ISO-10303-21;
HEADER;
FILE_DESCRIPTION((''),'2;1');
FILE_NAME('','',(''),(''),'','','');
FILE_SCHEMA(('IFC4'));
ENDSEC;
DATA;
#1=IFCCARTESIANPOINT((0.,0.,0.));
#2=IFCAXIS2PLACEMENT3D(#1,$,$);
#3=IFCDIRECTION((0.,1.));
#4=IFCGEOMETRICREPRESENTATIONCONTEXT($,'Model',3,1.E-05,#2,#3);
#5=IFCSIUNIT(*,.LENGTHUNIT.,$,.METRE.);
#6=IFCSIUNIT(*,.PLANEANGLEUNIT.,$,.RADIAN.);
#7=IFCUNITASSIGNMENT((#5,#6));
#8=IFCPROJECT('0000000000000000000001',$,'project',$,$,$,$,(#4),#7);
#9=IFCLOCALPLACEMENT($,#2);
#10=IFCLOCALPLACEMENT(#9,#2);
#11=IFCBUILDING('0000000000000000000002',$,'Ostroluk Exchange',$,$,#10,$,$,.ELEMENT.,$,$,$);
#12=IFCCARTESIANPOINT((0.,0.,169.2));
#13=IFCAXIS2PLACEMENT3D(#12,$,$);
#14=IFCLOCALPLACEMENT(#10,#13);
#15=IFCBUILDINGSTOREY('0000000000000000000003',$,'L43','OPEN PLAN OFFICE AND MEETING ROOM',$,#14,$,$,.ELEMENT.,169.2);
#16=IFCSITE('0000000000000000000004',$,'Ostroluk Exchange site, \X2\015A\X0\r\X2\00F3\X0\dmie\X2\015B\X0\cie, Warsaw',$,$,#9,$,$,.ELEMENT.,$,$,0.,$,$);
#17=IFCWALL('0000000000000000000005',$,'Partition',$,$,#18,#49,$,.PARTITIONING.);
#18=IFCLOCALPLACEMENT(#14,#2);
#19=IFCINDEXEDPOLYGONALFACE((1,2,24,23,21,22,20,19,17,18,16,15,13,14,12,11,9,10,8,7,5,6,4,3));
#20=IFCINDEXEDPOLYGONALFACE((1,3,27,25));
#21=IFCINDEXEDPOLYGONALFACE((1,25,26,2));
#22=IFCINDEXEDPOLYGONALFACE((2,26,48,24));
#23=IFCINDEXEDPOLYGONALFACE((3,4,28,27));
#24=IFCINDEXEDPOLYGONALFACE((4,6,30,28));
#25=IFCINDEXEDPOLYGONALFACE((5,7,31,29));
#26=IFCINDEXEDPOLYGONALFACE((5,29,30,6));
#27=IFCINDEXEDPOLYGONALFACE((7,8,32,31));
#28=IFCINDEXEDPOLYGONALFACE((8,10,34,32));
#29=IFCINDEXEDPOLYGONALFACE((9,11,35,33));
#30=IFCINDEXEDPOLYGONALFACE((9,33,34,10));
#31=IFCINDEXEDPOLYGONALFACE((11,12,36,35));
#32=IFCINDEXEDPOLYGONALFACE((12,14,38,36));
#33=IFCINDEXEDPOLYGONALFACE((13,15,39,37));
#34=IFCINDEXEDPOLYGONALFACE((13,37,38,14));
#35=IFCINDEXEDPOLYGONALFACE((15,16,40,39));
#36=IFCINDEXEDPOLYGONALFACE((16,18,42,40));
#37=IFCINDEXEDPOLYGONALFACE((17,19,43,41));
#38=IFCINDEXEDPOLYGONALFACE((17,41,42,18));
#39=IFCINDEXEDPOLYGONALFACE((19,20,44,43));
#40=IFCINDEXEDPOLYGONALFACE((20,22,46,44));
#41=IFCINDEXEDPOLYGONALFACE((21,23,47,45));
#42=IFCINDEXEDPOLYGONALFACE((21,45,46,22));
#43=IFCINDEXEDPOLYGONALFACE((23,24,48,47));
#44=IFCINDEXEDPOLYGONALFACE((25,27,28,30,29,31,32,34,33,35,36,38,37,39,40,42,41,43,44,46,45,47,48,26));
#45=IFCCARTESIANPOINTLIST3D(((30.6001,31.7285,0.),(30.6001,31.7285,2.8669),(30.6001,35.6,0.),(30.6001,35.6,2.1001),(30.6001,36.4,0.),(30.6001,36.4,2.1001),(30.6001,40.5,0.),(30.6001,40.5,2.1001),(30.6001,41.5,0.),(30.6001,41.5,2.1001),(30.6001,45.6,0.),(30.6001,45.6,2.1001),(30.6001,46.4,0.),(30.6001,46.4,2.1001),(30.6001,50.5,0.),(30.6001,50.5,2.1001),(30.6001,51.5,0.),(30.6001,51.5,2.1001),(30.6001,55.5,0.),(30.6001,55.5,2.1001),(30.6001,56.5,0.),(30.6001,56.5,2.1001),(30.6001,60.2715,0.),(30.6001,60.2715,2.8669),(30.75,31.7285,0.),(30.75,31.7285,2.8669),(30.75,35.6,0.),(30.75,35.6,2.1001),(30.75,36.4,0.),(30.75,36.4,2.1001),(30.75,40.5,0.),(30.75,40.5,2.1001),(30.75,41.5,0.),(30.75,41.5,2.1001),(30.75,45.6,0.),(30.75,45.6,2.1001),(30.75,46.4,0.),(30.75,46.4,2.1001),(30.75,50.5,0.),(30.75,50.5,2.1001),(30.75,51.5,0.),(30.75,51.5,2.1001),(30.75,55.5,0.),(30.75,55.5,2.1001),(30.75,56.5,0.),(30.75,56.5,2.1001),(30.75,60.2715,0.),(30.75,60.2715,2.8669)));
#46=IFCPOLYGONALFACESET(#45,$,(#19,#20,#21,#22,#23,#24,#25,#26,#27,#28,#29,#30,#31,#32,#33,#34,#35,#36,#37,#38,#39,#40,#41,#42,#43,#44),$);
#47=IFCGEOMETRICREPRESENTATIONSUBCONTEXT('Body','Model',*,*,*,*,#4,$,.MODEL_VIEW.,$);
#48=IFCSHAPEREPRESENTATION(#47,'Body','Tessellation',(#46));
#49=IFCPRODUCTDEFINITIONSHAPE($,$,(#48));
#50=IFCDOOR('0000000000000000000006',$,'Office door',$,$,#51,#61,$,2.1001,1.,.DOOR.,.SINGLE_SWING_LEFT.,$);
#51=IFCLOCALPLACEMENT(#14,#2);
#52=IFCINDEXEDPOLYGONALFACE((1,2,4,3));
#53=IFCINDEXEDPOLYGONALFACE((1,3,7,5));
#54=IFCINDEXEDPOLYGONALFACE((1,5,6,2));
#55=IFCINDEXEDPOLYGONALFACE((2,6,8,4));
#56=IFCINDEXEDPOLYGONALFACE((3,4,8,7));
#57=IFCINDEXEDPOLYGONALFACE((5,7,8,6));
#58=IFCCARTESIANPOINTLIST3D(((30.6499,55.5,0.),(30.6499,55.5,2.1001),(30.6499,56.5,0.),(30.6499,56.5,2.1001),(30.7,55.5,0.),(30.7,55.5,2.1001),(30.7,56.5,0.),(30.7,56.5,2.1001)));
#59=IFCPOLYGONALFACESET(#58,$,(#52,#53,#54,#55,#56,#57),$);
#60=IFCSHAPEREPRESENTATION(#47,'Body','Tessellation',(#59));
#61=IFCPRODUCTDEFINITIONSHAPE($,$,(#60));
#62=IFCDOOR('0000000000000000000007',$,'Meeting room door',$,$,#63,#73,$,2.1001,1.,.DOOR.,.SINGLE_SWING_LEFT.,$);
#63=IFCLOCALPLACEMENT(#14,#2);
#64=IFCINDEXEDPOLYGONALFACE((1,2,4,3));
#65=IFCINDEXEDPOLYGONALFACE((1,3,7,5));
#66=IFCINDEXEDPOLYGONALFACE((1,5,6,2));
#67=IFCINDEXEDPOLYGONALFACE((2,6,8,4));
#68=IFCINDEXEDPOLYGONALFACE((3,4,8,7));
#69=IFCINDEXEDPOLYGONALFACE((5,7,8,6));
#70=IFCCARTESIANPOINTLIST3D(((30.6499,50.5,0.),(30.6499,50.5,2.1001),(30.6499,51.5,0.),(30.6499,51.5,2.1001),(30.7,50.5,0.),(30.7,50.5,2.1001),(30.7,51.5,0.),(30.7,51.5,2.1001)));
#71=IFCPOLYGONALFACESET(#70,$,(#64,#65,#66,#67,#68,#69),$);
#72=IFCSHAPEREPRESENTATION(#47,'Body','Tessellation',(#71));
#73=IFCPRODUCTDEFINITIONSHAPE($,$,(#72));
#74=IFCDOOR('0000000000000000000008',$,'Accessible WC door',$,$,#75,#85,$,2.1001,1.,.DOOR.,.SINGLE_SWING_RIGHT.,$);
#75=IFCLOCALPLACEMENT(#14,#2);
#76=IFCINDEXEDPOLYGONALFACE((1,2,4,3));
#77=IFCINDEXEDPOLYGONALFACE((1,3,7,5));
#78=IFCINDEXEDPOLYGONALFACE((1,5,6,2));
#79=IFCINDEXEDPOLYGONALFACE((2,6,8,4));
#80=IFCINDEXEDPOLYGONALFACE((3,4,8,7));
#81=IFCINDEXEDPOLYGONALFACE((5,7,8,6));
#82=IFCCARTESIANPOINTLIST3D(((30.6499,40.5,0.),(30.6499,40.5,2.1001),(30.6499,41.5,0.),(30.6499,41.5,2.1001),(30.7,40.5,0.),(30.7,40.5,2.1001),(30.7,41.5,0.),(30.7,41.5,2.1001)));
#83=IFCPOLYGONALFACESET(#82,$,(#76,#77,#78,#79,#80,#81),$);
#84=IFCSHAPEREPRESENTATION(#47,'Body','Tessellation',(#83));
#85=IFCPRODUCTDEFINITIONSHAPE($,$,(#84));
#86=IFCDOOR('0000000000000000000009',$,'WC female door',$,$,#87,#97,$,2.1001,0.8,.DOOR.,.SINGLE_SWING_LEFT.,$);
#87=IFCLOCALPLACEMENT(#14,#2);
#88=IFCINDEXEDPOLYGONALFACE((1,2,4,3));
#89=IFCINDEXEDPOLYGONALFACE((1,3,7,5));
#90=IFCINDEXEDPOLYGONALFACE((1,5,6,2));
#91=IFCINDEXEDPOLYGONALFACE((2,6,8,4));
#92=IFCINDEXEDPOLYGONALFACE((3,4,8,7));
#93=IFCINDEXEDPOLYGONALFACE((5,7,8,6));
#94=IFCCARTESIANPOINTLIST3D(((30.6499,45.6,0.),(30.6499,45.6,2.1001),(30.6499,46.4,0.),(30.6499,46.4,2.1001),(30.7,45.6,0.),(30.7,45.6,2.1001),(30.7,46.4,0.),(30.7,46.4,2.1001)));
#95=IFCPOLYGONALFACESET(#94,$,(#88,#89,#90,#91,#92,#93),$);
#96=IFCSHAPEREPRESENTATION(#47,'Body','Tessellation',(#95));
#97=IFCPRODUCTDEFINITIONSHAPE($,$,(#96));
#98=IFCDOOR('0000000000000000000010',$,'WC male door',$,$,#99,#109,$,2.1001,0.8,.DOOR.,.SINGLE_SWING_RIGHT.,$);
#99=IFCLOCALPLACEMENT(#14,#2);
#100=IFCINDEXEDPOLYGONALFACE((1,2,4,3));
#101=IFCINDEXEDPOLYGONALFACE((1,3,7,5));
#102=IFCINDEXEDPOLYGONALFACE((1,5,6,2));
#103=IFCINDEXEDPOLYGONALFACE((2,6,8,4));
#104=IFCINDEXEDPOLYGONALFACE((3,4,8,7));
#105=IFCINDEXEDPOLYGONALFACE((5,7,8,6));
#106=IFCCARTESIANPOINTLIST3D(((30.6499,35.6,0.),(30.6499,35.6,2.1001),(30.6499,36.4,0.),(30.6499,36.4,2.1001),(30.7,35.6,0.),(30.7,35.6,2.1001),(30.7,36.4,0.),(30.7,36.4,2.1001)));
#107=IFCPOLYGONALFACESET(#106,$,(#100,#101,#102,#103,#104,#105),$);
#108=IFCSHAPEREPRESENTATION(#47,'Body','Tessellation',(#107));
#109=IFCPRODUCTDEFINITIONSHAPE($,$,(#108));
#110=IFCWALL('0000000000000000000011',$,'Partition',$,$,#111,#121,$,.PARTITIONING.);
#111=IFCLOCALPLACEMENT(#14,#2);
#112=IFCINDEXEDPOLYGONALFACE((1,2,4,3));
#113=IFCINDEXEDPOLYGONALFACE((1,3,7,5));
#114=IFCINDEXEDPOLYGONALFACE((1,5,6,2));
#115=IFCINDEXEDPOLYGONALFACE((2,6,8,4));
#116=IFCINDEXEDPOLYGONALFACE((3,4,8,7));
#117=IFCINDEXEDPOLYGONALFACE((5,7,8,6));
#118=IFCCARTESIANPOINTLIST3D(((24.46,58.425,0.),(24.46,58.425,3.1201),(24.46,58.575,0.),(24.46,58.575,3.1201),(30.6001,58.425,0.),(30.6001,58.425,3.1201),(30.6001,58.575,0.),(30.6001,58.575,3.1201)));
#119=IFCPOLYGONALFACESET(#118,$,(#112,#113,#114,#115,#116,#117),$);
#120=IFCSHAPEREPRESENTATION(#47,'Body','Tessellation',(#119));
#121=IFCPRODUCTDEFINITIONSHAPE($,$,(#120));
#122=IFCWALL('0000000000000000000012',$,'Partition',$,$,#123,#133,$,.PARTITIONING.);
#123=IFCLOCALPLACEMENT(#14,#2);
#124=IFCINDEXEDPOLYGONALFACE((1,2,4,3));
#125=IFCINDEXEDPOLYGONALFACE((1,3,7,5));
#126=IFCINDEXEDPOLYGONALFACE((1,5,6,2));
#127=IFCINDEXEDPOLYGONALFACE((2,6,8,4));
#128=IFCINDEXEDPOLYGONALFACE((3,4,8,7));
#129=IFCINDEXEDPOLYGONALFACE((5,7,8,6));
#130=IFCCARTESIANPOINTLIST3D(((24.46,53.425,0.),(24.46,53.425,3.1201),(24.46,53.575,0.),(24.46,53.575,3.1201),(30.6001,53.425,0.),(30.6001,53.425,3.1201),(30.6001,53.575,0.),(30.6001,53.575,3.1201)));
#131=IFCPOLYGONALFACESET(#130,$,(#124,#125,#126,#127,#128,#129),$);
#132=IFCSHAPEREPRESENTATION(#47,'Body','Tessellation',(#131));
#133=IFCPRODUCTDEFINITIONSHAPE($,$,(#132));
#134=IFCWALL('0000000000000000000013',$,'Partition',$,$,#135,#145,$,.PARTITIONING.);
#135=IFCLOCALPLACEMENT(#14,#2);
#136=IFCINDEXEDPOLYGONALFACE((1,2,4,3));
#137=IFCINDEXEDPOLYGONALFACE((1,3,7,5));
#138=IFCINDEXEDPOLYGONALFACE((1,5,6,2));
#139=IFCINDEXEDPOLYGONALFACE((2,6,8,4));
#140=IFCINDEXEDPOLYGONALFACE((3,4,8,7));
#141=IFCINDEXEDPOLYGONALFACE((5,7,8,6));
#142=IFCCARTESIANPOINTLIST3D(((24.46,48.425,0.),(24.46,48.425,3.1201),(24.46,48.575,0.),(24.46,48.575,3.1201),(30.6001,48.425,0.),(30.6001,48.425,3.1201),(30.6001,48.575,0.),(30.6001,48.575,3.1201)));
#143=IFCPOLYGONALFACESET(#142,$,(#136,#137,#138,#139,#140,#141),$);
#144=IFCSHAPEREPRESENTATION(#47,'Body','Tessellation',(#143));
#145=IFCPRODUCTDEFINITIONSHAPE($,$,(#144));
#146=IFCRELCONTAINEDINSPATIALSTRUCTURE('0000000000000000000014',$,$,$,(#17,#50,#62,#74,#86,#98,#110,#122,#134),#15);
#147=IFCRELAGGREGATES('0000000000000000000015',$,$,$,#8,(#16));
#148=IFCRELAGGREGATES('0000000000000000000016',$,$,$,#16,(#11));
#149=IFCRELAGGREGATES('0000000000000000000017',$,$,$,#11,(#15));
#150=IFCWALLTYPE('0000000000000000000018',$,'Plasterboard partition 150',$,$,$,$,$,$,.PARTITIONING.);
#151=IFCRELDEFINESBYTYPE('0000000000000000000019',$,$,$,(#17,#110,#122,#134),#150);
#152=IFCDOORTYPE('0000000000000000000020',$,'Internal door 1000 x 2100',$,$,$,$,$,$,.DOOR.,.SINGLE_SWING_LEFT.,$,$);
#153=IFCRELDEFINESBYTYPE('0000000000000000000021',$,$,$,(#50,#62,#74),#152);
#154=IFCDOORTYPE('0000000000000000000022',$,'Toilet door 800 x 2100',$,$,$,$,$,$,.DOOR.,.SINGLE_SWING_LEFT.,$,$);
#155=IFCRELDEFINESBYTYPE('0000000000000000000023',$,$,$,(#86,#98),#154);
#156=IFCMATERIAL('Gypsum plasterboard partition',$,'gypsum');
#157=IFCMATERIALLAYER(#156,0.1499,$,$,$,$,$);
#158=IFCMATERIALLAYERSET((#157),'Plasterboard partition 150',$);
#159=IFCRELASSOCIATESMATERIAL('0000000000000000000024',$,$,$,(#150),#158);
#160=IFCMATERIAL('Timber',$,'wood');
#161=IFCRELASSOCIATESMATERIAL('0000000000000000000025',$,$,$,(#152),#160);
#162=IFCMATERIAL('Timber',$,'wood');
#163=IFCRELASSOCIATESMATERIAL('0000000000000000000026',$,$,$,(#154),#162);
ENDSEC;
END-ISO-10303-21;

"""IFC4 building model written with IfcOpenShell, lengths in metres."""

from ifc_helpers import new_model, si_unit, direction, frame, frame_2d, origin, place, context, subcontext, project, spatial, rectangle, extrude, material, layer, layer_set, type_object, element, fill, save


model = new_model("IFC4")

# Units and contexts
model_context = context("Model", 3, precision=1e-05, world=origin(), true_north=direction((0.0, 1.0)))
body_context = subcontext(model_context, "Body", "Model", "MODEL_VIEW")
ifc_project = project(units=[si_unit("LENGTHUNIT", "METRE"), si_unit("PLANEANGLEUNIT", "RADIAN")], contexts=[model_context])

# Site, building, storey
site_placement = place(None, origin())
site = spatial("IfcSite", under=ifc_project, at=site_placement, Name="Ostroluk Exchange site, Śródmieście, Warsaw", CompositionType="ELEMENT", RefElevation=0.0)
building_placement = place(site_placement, origin())
building = spatial("IfcBuilding", under=site, at=building_placement, Name="Ostroluk Exchange", CompositionType="ELEMENT")
storey_placement = place(building_placement, frame((0.0, 0.0, 169.2)))
storey = spatial("IfcBuildingStorey", under=building, at=storey_placement, Name="L43", Description="OPEN PLAN OFFICE AND MEETING ROOM", CompositionType="ELEMENT", Elevation=169.2)

# Wall, openings, doors
ifc_material_1 = material(Name="Gypsum plasterboard partition", Category="gypsum")
ifc_layer_1 = layer(ifc_material_1, 0.1499)
ifc_layer_set_1 = layer_set([ifc_layer_1], Name="Plasterboard partition 150")
wall_type = type_object("IfcWallType", Name="Plasterboard partition 150", PredefinedType="PARTITIONING", material=ifc_layer_set_1)
wall_placement = place(storey_placement, frame((30.675, 60.2715, 0.0), z_axis=(0.0, 0.0, 1.0), x_axis=(0.0, -1.0, 0.0)))
wall = element("IfcWall", 1, at=wall_placement, inside=storey, type_object=wall_type, Name="Partition", PredefinedType="PARTITIONING", context=body_context, shape_type="SweptSolid", body=[
    extrude(rectangle(XDim=28.543, YDim=0.1499, at=frame_2d((14.2715, 0.0))), origin(), (0.0, 0.0, 1.0), 2.8669),
])
opening_1_placement = place(wall_placement, frame((3.7715, 0.0, 0.0)))
opening_1 = element("IfcOpeningElement", 2, at=opening_1_placement, cuts=wall, PredefinedType="OPENING", context=body_context, shape_type="SweptSolid", body=[
    extrude(rectangle(XDim=1.0, YDim=2.1001, at=frame_2d((0.5, 1.05))), frame((0.0, 0.085, 0.0), z_axis=(0.0, -1.0, 0.0), x_axis=(1.0, 0.0, 0.0)), (0.0, 0.0, 1.0), 0.1699),
])
opening_2_placement = place(wall_placement, frame((8.7715, 0.0, 0.0)))
opening_2 = element("IfcOpeningElement", 3, at=opening_2_placement, cuts=wall, PredefinedType="OPENING", context=body_context, shape_type="SweptSolid", body=[
    extrude(rectangle(XDim=1.0, YDim=2.1001, at=frame_2d((0.5, 1.05))), frame((0.0, 0.085, 0.0), z_axis=(0.0, -1.0, 0.0), x_axis=(1.0, 0.0, 0.0)), (0.0, 0.0, 1.0), 0.1699),
])
opening_3_placement = place(wall_placement, frame((13.8716, 0.0, 0.0)))
opening_3 = element("IfcOpeningElement", 4, at=opening_3_placement, cuts=wall, PredefinedType="OPENING", context=body_context, shape_type="SweptSolid", body=[
    extrude(rectangle(XDim=0.8, YDim=2.1001, at=frame_2d((0.3999, 1.05))), frame((0.0, 0.085, 0.0), z_axis=(0.0, -1.0, 0.0), x_axis=(1.0, 0.0, 0.0)), (0.0, 0.0, 1.0), 0.1699),
])
opening_4_placement = place(wall_placement, frame((18.7715, 0.0, 0.0)))
opening_4 = element("IfcOpeningElement", 5, at=opening_4_placement, cuts=wall, PredefinedType="OPENING", context=body_context, shape_type="SweptSolid", body=[
    extrude(rectangle(XDim=1.0, YDim=2.1001, at=frame_2d((0.5, 1.05))), frame((0.0, 0.085, 0.0), z_axis=(0.0, -1.0, 0.0), x_axis=(1.0, 0.0, 0.0)), (0.0, 0.0, 1.0), 0.1699),
])
opening_5_placement = place(wall_placement, frame((23.8716, 0.0, 0.0)))
opening_5 = element("IfcOpeningElement", 6, at=opening_5_placement, cuts=wall, PredefinedType="OPENING", context=body_context, shape_type="SweptSolid", body=[
    extrude(rectangle(XDim=0.8, YDim=2.1001, at=frame_2d((0.3999, 1.05))), frame((0.0, 0.085, 0.0), z_axis=(0.0, -1.0, 0.0), x_axis=(1.0, 0.0, 0.0)), (0.0, 0.0, 1.0), 0.1699),
])
ifc_material_2 = material(Name="Timber", Category="wood")
door_type_1 = type_object("IfcDoorType", Name="Internal door 1000 x 2100", OperationType="SINGLE_SWING_LEFT", PredefinedType="DOOR", material=ifc_material_2)
door_1_placement = place(opening_1_placement, origin())
door_1 = element("IfcDoor", 7, at=door_1_placement, inside=storey, type_object=door_type_1, Name="Office door", OperationType="SINGLE_SWING_LEFT", OverallHeight=2.1001, OverallWidth=1.0, PredefinedType="DOOR", context=body_context, shape_type="SweptSolid", body=[
    extrude(rectangle(XDim=1.0, YDim=2.1001, at=frame_2d((0.5, 1.05))), frame((0.0, 0.0249, 0.0), z_axis=(0.0, -1.0, 0.0), x_axis=(1.0, 0.0, 0.0)), (0.0, 0.0, 1.0), 0.05),
])
fill(opening_1, door_1)
door_2_placement = place(opening_2_placement, origin())
door_2 = element("IfcDoor", 8, at=door_2_placement, inside=storey, type_object=door_type_1, Name="Meeting room door", OperationType="SINGLE_SWING_LEFT", OverallHeight=2.1001, OverallWidth=1.0, PredefinedType="DOOR", context=body_context, shape_type="SweptSolid", body=[
    extrude(rectangle(XDim=1.0, YDim=2.1001, at=frame_2d((0.5, 1.05))), frame((0.0, 0.0249, 0.0), z_axis=(0.0, -1.0, 0.0), x_axis=(1.0, 0.0, 0.0)), (0.0, 0.0, 1.0), 0.05),
])
fill(opening_2, door_2)
door_3_placement = place(opening_4_placement, origin())
door_3 = element("IfcDoor", 9, at=door_3_placement, inside=storey, type_object=door_type_1, Name="Accessible WC door", OperationType="SINGLE_SWING_RIGHT", OverallHeight=2.1001, OverallWidth=1.0, PredefinedType="DOOR", context=body_context, shape_type="SweptSolid", body=[
    extrude(rectangle(XDim=1.0, YDim=2.1001, at=frame_2d((0.5, 1.05))), frame((0.0, 0.0249, 0.0), z_axis=(0.0, -1.0, 0.0), x_axis=(1.0, 0.0, 0.0)), (0.0, 0.0, 1.0), 0.05),
])
fill(opening_4, door_3)
ifc_material_3 = material(Name="Timber", Category="wood")
door_type_2 = type_object("IfcDoorType", Name="Toilet door 800 x 2100", OperationType="SINGLE_SWING_LEFT", PredefinedType="DOOR", material=ifc_material_3)
door_4_placement = place(opening_3_placement, origin())
door_4 = element("IfcDoor", 10, at=door_4_placement, inside=storey, type_object=door_type_2, Name="WC female door", OperationType="SINGLE_SWING_LEFT", OverallHeight=2.1001, OverallWidth=0.8, PredefinedType="DOOR", context=body_context, shape_type="SweptSolid", body=[
    extrude(rectangle(XDim=0.8, YDim=2.1001, at=frame_2d((0.3999, 1.05))), frame((0.0, 0.0249, 0.0), z_axis=(0.0, -1.0, 0.0), x_axis=(1.0, 0.0, 0.0)), (0.0, 0.0, 1.0), 0.05),
])
fill(opening_3, door_4)
door_5_placement = place(opening_5_placement, origin())
door_5 = element("IfcDoor", 11, at=door_5_placement, inside=storey, type_object=door_type_2, Name="WC male door", OperationType="SINGLE_SWING_RIGHT", OverallHeight=2.1001, OverallWidth=0.8, PredefinedType="DOOR", context=body_context, shape_type="SweptSolid", body=[
    extrude(rectangle(XDim=0.8, YDim=2.1001, at=frame_2d((0.3999, 1.05))), frame((0.0, 0.0249, 0.0), z_axis=(0.0, -1.0, 0.0), x_axis=(1.0, 0.0, 0.0)), (0.0, 0.0, 1.0), 0.05),
])
fill(opening_5, door_5)

# Walls
for number, where, z_axis, x_axis, name in (
    (12, (30.6001, 58.5, 0.0), (0.0, 0.0, 1.0), (-1.0, 0.0, 0.0), "Partition"),
    (13, (30.6001, 53.5, 0.0), (0.0, 0.0, 1.0), (-1.0, 0.0, 0.0), "Partition"),
    (14, (30.6001, 48.5, 0.0), (0.0, 0.0, 1.0), (-1.0, 0.0, 0.0), "Partition"),
):
    element("IfcWall", number, at=place(storey_placement, frame(where, z_axis=z_axis, x_axis=x_axis)), inside=storey, type_object=wall_type, Name=name, PredefinedType="PARTITIONING", context=body_context, shape_type="SweptSolid", body=[
        extrude(rectangle(XDim=6.1401, YDim=0.1499, at=frame_2d((3.0701, 0.0))), origin(), (0.0, 0.0, 1.0), 3.1201),
    ])

save(model, "model.ifc")
